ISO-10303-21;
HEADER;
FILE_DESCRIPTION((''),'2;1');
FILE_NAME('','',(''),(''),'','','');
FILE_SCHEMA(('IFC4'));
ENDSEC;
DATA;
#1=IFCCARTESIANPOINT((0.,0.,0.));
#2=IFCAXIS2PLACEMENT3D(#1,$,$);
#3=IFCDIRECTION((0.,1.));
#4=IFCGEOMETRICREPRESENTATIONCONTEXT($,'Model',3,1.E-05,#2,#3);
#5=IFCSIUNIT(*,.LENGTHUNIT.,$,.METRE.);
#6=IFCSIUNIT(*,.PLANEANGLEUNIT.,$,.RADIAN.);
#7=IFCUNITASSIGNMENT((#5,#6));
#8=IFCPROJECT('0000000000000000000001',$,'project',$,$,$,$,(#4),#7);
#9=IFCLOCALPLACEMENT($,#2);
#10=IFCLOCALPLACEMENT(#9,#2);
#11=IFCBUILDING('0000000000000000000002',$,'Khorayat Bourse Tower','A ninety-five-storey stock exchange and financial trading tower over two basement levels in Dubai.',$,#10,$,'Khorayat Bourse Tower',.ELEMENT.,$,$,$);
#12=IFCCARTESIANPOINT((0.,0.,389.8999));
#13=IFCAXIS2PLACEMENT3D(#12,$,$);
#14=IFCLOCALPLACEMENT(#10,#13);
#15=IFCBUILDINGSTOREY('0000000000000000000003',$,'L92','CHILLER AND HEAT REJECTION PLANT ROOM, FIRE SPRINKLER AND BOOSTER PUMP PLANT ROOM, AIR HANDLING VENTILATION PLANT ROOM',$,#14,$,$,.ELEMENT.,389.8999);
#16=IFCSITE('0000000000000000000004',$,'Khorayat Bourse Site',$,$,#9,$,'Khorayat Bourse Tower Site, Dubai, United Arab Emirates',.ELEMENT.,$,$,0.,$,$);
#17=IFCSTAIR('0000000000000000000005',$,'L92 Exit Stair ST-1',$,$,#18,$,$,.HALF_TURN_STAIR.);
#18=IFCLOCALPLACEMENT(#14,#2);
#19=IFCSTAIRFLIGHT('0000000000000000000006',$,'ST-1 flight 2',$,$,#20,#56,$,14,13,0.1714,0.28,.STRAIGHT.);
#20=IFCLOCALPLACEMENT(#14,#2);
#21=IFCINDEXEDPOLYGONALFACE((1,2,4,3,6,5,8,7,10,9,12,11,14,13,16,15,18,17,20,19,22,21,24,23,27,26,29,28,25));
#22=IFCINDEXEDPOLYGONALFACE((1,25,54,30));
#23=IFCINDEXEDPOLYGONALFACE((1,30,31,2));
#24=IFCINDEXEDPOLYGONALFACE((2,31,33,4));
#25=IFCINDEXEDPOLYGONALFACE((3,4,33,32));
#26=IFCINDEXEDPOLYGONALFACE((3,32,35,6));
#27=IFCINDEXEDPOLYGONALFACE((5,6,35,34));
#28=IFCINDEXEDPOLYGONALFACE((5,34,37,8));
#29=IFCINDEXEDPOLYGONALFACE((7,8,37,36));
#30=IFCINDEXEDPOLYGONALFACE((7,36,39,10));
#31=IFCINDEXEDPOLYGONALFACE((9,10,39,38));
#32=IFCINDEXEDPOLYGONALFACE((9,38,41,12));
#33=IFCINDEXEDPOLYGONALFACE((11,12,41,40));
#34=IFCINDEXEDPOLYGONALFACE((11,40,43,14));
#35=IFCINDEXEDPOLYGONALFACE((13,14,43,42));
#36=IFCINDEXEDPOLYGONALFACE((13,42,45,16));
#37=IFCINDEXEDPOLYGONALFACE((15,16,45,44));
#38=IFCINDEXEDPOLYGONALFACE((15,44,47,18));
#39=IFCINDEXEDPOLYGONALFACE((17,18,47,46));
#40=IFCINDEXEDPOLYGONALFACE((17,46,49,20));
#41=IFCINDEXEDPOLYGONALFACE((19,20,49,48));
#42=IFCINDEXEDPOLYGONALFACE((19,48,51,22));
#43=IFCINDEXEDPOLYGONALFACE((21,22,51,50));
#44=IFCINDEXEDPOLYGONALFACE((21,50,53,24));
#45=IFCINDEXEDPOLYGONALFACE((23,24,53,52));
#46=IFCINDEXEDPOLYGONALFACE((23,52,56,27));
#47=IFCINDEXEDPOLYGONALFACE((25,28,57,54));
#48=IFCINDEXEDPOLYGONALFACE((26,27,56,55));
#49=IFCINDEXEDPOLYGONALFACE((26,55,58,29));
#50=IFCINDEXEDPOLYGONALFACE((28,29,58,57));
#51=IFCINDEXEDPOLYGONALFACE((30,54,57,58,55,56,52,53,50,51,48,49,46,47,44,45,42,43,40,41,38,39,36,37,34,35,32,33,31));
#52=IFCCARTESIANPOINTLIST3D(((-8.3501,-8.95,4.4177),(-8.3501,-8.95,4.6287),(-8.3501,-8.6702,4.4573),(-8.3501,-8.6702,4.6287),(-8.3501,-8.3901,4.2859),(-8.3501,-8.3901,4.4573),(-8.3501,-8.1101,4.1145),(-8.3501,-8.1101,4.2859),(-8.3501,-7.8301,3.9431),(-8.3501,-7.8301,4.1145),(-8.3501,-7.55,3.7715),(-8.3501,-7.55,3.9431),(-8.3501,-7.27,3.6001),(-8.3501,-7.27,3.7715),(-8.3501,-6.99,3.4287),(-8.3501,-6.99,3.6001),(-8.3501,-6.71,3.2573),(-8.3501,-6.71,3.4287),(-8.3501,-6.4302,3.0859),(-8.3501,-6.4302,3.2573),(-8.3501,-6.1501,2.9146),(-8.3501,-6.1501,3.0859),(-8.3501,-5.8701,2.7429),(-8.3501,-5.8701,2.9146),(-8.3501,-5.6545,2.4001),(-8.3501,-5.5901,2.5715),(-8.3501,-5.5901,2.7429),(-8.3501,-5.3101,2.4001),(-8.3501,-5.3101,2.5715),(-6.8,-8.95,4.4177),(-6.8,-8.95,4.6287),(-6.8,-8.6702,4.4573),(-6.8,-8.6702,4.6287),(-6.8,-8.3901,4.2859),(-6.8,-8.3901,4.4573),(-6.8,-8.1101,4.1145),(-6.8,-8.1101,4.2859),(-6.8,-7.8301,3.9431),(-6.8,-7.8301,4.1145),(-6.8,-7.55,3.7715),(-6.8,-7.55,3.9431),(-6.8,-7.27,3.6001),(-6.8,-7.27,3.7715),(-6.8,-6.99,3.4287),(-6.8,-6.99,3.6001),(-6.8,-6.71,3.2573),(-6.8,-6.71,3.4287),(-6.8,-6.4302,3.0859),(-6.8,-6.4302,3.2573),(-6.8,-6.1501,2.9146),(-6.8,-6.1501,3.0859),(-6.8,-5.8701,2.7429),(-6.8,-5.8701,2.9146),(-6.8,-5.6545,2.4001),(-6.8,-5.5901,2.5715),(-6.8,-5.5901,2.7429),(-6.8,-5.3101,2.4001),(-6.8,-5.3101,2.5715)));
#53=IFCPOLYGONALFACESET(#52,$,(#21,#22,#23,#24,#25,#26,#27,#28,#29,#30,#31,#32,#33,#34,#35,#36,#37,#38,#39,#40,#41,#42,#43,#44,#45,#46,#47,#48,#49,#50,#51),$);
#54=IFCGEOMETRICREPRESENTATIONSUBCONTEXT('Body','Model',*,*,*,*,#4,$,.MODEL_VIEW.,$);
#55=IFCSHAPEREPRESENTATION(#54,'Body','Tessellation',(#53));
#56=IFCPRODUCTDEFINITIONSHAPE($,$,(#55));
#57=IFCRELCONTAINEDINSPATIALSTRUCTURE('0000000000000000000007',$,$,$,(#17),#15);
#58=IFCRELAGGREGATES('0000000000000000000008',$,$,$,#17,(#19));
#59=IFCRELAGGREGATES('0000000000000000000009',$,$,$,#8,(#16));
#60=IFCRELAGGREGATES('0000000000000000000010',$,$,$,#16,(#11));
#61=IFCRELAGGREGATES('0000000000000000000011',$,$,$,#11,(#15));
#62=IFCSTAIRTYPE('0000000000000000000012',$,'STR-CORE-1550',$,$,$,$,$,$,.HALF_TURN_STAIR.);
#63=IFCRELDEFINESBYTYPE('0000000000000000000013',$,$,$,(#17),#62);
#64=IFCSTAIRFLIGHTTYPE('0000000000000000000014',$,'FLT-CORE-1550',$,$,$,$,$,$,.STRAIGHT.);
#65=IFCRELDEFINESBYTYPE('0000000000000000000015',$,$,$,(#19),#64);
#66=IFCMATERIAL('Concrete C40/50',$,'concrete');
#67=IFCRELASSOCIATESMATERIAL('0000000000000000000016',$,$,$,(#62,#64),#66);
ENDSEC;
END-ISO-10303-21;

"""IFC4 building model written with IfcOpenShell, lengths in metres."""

from ifc_helpers import new_model, si_unit, direction, frame, origin, place, context, subcontext, project, spatial, polyline, outline, extrude, source, transform, mapped, material, type_object, element, aggregate, save


model = new_model("IFC4")

# Units and contexts
model_context = context("Model", 3, precision=1e-05, world=origin(), true_north=direction((0.0, 1.0)))
body_context = subcontext(model_context, "Body", "Model", "MODEL_VIEW")
ifc_project = project(units=[si_unit("LENGTHUNIT", "METRE"), si_unit("PLANEANGLEUNIT", "RADIAN")], contexts=[model_context])

# Site, building, storey
site_placement = place(None, origin())
site = spatial("IfcSite", under=ifc_project, at=site_placement, Name="Khorayat Bourse Site", LongName="Khorayat Bourse Tower Site, Dubai, United Arab Emirates", CompositionType="ELEMENT", RefElevation=0.0)
building_placement = place(site_placement, origin())
building = spatial("IfcBuilding", under=site, at=building_placement, Name="Khorayat Bourse Tower", Description="A ninety-five-storey stock exchange and financial trading tower over two basement levels in Dubai.", LongName="Khorayat Bourse Tower", CompositionType="ELEMENT")
storey_placement = place(building_placement, frame((0.0, 0.0, 389.8999)))
storey = spatial("IfcBuildingStorey", under=building, at=storey_placement, Name="L92", Description="CHILLER AND HEAT REJECTION PLANT ROOM, FIRE SPRINKLER AND BOOSTER PUMP PLANT ROOM, AIR HANDLING VENTILATION PLANT ROOM", CompositionType="ELEMENT", Elevation=389.8999)

# Stair, stair flight
ifc_material_1 = material(Name="Concrete C40/50", Category="concrete")
stair_type = type_object("IfcStairType", Name="STR-CORE-1550", PredefinedType="HALF_TURN_STAIR", material=ifc_material_1)
stair_placement = place(storey_placement, origin())
stair = element("IfcStair", 1, at=stair_placement, inside=storey, type_object=stair_type, Name="L92 Exit Stair ST-1", PredefinedType="HALF_TURN_STAIR")
stair_flight_type = type_object("IfcStairFlightType", Name="FLT-CORE-1550", PredefinedType="STRAIGHT", material=ifc_material_1)
shared_shape_1 = source(origin(), body_context, "Body", "SweptSolid", [
    extrude(outline(polyline([(0.0, 0.0), (0.0, 0.1714), (0.28, 0.1714), (0.28, 0.3428), (0.5601, 0.3428), (0.5601, 0.5144), (0.8401, 0.5144), (0.8401, 0.6858), (1.1201, 0.6858), (1.1201, 0.8572), (1.3999, 0.8572), (1.3999, 1.0286), (1.6799, 1.0286), (1.6799, 1.2), (1.96, 1.2), (1.96, 1.3713), (2.24, 1.3713), (2.24, 1.543), (2.52, 1.543), (2.52, 1.7144), (2.8, 1.7144), (2.8, 1.8857), (3.0801, 1.8857), (3.0801, 2.0571), (3.3601, 2.0571), (3.3601, 2.2285), (3.6399, 2.2285), (3.6399, 2.3999), (3.6399, 2.0176), (0.3445, 0.0), (0.0, 0.0)])), frame((0.0, 0.7749, 0.0), z_axis=(0.0, -1.0, 0.0), x_axis=(1.0, 0.0, 0.0)), (0.0, 0.0, 1.0), 1.55),
])
stair_flight_1_placement = place(storey_placement, frame((-7.575, -5.3101, 2.4001), z_axis=(0.0, 0.0, 1.0), x_axis=(0.0, -1.0, 0.0)))
stair_flight_1 = element("IfcStairFlight", 2, at=stair_flight_1_placement, type_object=stair_flight_type, Name="ST-1 flight 2", NumberOfRisers=14, NumberOfTreads=13, PredefinedType="STRAIGHT", RiserHeight=0.1714, TreadLength=0.28, context=body_context, shape_type="MappedRepresentation", body=[
    mapped(shared_shape_1, transform((0.0, 0.0, 0.0), scale=1.0)),
])
aggregate(stair, [stair_flight_1])

save(model, "model.ifc")
